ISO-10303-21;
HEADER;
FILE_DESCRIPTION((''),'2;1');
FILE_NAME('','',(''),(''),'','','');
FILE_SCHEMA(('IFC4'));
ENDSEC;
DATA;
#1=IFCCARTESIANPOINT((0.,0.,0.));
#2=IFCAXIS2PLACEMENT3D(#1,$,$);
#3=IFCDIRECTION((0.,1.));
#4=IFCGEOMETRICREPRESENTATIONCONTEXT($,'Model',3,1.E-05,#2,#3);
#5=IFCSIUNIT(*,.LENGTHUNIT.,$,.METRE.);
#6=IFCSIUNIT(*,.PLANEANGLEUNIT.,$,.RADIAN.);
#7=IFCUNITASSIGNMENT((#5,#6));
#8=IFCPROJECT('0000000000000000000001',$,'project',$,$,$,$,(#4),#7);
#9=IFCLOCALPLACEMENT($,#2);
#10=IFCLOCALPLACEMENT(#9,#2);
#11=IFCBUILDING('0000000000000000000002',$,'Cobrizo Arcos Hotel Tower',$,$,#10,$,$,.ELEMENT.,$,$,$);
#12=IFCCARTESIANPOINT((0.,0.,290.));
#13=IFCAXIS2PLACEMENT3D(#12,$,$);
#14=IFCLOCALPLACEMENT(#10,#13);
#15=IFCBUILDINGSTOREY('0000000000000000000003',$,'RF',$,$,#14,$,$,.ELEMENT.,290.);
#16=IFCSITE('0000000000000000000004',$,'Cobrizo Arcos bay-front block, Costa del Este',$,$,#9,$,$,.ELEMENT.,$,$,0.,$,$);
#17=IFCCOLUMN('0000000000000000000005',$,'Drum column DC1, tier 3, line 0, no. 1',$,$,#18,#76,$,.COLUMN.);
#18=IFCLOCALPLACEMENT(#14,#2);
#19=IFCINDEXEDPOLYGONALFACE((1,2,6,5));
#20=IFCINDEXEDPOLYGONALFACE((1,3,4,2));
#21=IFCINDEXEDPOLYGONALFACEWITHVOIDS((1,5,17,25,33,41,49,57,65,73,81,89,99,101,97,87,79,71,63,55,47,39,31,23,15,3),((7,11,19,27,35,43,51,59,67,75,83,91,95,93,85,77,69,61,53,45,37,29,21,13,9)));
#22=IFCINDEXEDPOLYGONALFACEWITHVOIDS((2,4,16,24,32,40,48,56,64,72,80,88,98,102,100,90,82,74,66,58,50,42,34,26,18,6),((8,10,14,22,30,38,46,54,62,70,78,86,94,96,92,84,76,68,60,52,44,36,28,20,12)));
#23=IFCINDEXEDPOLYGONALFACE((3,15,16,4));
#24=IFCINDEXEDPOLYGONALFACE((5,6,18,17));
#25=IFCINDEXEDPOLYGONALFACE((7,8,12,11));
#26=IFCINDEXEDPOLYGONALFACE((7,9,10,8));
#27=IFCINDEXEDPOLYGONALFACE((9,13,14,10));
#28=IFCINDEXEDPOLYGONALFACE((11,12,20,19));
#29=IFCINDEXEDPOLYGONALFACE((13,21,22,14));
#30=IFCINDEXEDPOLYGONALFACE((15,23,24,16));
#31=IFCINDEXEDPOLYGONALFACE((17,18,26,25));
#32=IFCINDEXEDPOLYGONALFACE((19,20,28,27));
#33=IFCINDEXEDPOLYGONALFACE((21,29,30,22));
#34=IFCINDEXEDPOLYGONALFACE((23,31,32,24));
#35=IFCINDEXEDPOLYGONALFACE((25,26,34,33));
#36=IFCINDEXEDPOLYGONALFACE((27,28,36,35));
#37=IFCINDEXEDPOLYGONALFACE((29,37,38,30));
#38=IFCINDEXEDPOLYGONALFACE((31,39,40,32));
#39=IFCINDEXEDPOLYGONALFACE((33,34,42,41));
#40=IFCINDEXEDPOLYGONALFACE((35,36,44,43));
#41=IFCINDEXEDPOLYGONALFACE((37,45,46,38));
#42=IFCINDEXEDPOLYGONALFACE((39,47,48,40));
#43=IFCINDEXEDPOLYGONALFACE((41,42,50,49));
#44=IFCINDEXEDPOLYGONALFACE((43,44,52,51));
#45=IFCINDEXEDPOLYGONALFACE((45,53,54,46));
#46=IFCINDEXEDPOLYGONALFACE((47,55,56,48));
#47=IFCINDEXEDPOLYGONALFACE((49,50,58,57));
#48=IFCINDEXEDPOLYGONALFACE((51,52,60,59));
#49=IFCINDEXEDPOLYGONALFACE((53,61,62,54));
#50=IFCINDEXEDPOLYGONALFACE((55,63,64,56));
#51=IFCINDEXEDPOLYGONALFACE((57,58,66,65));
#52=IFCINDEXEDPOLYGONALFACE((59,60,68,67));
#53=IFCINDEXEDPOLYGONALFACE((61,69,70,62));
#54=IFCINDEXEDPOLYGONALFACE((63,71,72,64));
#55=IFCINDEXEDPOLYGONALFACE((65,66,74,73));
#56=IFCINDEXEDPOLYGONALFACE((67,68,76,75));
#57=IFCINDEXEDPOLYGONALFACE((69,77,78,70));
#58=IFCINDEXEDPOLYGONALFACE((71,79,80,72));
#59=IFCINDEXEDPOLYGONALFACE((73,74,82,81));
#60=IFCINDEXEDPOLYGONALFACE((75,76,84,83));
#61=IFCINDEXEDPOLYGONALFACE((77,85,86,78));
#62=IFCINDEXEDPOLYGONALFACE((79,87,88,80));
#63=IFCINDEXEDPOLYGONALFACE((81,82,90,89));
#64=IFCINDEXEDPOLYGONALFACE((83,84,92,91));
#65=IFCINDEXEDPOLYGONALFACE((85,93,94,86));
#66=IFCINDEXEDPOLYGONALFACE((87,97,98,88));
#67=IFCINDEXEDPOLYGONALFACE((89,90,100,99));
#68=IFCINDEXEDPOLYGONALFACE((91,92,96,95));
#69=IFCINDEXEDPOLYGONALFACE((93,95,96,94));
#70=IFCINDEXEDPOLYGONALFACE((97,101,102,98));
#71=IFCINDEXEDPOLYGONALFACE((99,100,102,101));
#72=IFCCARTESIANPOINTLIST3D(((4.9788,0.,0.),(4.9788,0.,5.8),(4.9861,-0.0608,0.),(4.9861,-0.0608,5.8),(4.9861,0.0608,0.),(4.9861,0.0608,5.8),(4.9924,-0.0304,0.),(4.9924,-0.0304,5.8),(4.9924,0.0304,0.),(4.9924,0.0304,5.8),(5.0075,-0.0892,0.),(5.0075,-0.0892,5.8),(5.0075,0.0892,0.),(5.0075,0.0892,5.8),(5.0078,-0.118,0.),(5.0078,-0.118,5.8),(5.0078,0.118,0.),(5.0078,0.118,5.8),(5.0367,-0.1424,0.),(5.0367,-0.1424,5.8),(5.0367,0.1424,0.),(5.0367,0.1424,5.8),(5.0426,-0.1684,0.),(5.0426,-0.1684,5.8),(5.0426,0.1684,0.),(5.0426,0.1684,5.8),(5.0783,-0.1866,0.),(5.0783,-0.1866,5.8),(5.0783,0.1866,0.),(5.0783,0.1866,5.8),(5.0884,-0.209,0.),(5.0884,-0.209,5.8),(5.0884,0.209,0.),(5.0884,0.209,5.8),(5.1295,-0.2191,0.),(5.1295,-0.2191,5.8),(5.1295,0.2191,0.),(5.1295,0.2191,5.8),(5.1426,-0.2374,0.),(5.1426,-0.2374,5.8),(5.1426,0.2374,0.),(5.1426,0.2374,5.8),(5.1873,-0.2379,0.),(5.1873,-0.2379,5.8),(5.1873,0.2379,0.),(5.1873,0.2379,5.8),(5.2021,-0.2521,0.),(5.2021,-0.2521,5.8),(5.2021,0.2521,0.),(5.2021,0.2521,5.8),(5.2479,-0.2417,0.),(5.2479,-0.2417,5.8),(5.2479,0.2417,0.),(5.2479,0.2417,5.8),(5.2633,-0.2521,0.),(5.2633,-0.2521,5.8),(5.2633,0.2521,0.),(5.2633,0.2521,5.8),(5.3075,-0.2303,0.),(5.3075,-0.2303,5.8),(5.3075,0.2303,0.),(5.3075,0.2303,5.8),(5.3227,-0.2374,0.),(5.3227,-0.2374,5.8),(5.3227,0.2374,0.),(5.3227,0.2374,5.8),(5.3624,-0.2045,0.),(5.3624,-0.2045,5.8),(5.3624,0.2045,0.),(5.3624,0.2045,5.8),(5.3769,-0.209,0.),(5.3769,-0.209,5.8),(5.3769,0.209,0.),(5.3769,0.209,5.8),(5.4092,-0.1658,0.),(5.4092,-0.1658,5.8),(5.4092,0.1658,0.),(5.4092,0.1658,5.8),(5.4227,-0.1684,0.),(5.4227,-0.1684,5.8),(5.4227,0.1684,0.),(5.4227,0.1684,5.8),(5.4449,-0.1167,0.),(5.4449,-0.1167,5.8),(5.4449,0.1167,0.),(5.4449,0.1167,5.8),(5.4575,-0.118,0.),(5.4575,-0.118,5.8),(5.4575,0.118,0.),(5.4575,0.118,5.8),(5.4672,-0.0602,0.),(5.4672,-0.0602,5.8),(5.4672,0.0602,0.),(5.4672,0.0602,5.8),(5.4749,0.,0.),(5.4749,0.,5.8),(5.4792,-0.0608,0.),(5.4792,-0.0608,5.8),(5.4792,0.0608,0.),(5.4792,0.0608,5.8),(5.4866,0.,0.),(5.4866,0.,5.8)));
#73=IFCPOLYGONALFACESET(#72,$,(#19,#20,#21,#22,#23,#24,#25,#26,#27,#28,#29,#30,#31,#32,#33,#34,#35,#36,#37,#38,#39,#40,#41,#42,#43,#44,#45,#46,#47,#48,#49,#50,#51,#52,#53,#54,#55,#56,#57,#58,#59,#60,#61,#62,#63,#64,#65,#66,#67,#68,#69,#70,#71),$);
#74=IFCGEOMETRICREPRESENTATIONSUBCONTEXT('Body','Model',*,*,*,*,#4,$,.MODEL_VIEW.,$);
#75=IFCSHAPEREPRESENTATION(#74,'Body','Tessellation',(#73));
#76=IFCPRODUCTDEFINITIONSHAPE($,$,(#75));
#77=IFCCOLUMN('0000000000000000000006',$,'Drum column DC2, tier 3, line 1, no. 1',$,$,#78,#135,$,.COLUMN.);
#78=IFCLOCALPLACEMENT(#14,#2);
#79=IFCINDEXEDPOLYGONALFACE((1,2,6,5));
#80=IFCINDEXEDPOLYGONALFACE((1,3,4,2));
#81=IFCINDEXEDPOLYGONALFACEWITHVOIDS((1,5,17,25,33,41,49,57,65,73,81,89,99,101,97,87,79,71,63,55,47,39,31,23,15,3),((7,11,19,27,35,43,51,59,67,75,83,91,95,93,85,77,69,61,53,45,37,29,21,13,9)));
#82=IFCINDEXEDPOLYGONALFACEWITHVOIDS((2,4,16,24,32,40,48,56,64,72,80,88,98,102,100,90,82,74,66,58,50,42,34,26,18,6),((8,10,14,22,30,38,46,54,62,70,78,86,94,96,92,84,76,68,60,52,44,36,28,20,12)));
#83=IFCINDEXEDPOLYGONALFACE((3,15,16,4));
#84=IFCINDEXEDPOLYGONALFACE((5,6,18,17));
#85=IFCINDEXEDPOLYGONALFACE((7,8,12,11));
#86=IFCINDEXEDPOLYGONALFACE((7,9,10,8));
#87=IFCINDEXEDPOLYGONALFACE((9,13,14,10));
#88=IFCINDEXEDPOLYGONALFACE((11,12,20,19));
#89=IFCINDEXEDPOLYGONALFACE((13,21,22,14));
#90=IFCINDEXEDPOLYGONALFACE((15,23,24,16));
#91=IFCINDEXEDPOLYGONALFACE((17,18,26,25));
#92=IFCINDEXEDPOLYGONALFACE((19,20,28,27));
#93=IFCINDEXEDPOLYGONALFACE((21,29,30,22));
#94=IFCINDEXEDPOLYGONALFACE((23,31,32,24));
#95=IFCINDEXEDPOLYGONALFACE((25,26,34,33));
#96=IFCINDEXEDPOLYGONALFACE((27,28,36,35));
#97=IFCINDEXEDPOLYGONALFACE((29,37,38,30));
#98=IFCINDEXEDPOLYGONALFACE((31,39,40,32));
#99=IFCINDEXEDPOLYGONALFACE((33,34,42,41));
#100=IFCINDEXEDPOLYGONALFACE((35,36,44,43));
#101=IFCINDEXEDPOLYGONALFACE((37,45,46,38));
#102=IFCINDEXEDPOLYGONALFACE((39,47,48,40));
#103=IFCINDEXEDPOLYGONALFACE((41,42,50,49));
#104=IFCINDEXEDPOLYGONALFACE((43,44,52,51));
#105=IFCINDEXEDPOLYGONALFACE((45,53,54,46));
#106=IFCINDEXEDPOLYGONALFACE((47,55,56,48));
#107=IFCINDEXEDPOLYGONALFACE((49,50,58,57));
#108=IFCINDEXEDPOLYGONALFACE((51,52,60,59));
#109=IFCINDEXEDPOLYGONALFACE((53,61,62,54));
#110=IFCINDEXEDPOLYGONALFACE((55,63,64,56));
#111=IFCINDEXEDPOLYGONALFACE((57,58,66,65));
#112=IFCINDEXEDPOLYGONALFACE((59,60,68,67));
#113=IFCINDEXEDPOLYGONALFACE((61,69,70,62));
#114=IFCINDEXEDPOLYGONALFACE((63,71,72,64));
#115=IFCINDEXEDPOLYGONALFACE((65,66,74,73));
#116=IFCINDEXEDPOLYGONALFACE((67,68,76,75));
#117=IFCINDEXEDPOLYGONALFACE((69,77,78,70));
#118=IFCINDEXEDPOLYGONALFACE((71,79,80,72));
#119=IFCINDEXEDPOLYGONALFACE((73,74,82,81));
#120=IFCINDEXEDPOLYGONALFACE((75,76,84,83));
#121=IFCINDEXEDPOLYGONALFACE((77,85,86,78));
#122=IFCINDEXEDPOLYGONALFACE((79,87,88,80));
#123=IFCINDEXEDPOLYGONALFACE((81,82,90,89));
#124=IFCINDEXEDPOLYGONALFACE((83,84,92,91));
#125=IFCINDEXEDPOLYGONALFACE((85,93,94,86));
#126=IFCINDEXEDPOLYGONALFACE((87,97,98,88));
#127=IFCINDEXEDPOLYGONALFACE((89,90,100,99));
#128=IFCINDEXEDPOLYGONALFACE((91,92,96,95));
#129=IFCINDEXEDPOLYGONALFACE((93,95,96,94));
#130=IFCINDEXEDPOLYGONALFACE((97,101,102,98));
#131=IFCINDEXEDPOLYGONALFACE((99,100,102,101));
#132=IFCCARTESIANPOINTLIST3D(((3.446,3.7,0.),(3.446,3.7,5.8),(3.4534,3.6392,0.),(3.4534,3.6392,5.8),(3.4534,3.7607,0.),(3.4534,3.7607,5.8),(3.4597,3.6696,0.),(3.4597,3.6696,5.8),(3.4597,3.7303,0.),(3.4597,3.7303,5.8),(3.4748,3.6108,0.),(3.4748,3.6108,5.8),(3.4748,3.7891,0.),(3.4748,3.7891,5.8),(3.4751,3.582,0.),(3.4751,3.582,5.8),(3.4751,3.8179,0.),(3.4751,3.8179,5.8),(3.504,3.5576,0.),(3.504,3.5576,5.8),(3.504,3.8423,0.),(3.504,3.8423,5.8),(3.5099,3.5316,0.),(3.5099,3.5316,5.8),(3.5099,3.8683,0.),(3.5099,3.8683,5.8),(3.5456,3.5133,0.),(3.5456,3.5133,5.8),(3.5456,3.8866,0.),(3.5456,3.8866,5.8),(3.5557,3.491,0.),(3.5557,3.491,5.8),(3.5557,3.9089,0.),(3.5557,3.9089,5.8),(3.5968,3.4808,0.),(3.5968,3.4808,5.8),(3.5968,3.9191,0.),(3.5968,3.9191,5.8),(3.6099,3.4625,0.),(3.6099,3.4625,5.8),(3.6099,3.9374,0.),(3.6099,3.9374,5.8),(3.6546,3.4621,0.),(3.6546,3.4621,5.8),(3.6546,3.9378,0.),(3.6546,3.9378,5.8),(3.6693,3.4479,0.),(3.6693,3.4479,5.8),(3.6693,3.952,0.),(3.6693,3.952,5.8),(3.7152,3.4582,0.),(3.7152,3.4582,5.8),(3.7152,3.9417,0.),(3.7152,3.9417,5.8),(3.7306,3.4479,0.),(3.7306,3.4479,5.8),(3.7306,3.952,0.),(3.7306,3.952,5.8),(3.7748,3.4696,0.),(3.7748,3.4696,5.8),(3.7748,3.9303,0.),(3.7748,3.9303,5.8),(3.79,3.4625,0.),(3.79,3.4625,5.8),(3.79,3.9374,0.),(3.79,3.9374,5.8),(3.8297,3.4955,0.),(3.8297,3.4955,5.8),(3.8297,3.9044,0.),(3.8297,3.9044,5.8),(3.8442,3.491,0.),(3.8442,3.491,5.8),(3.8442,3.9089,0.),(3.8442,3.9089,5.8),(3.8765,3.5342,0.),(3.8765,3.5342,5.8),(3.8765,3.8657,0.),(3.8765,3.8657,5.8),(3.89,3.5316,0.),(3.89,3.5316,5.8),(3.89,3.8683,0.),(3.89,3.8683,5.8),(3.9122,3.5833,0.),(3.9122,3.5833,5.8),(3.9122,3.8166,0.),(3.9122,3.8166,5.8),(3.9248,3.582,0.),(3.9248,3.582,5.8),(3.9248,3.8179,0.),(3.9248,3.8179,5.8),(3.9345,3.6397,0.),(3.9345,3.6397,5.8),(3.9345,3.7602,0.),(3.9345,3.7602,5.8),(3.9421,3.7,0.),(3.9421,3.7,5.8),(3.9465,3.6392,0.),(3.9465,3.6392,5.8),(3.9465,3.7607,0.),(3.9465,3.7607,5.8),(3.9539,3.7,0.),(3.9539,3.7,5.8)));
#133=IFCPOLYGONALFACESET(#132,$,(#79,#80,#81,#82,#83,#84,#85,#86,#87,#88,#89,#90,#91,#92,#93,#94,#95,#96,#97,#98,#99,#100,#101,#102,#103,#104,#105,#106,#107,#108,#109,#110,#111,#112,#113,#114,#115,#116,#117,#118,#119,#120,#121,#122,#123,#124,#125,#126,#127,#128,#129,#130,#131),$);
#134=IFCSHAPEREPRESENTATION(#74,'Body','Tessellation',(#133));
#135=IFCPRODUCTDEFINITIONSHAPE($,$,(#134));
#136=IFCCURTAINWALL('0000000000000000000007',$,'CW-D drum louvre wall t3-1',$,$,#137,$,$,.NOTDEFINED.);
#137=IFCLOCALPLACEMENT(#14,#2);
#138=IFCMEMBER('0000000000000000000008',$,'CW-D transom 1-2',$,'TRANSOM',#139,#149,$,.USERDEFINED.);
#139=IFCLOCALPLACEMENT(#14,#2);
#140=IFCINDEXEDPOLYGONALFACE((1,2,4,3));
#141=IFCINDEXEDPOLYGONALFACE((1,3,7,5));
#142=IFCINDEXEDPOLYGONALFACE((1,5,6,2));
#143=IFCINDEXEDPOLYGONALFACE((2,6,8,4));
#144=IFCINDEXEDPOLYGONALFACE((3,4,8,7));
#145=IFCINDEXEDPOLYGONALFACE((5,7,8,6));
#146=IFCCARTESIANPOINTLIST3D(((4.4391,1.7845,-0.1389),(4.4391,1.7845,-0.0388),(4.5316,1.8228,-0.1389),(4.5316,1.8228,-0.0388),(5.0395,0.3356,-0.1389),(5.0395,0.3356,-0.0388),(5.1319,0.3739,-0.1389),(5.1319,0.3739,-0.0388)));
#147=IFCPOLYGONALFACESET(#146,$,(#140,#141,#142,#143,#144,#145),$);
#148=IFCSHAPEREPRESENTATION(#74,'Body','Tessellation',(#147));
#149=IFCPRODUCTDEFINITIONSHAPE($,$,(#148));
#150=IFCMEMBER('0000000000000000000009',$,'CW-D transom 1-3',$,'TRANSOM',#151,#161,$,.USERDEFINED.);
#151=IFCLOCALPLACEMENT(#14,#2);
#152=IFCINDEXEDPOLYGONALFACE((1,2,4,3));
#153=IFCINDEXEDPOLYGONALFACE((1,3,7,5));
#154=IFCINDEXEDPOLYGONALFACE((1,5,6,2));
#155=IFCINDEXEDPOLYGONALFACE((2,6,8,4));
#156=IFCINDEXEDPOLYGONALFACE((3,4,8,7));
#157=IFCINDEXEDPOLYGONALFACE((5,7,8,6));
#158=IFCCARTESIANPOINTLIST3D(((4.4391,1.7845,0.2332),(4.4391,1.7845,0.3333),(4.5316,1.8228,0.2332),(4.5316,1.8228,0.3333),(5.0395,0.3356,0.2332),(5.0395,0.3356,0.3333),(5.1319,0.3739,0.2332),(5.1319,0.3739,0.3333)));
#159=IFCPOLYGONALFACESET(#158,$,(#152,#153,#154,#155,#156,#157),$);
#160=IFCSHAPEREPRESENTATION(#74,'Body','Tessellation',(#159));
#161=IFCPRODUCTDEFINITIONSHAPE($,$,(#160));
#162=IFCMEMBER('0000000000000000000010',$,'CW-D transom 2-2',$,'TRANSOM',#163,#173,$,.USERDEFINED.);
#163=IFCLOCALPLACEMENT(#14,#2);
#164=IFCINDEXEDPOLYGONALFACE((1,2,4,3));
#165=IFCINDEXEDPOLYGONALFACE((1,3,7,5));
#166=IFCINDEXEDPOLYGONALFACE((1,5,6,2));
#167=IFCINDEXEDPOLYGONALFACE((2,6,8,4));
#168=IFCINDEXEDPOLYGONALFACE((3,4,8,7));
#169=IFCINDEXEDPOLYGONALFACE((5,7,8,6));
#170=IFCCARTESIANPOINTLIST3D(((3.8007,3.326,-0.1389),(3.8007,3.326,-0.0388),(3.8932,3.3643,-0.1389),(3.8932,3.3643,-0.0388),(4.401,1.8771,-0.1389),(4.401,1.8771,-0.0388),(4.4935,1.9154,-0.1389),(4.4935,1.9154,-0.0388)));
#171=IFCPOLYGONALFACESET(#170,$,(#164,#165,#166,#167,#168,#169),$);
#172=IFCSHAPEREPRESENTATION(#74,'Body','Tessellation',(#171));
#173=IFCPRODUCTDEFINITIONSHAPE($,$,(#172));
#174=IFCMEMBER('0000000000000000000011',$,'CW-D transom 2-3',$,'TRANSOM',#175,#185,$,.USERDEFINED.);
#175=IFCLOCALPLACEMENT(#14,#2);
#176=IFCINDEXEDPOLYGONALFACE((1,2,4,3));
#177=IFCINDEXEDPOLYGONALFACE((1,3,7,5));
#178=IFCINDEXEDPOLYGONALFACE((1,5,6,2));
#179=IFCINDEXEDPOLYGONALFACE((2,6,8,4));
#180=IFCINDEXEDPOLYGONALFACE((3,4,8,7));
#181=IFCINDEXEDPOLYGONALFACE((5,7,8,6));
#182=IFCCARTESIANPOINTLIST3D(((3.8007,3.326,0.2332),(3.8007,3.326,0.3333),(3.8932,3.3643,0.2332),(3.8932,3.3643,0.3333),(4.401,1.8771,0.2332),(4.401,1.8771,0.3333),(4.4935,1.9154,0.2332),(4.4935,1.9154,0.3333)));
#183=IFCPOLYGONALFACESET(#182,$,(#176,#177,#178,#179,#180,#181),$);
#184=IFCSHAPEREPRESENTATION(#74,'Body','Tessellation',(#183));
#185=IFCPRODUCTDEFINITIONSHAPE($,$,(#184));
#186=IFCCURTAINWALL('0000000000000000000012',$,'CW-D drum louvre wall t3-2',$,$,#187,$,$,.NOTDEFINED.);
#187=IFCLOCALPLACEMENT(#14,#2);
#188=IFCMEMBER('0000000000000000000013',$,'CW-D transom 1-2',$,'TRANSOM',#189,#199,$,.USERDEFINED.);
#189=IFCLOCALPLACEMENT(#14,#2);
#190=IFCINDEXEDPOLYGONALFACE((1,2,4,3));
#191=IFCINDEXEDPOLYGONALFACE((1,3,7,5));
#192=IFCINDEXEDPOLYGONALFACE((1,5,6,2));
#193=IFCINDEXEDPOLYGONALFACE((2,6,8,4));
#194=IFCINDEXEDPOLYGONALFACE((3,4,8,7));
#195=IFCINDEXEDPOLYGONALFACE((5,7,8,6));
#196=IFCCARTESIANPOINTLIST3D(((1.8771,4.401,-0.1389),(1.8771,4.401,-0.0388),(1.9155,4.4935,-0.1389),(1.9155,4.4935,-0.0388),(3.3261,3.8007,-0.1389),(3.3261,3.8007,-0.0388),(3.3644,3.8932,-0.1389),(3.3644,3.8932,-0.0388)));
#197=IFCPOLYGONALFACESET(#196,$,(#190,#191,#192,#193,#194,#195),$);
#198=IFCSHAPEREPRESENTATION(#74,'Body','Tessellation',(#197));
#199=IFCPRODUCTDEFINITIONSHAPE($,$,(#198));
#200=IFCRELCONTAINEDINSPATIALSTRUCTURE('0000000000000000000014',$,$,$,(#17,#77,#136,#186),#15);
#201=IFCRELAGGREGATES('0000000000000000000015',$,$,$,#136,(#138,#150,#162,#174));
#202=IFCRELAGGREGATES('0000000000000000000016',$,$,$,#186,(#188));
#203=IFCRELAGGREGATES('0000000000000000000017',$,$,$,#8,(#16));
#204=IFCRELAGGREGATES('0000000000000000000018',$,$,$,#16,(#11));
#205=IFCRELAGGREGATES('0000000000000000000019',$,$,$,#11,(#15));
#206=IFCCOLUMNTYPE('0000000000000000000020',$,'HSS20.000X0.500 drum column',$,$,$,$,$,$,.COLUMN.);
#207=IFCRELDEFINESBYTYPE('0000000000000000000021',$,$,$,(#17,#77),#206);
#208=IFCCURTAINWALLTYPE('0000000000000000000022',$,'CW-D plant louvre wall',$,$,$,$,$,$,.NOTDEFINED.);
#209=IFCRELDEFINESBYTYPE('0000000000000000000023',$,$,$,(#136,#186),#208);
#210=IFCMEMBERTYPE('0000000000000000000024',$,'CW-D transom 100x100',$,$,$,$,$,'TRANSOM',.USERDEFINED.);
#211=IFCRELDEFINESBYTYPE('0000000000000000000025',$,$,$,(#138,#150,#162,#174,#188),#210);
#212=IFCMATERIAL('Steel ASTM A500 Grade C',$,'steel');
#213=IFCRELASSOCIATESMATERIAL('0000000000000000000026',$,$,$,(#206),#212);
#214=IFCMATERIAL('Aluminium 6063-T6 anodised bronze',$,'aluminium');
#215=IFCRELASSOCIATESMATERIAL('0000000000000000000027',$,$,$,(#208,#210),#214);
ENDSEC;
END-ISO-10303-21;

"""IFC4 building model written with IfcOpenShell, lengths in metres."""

from ifc_helpers import new_model, si_unit, direction, frame, origin, origin_2d, place, context, subcontext, project, spatial, rectangle, hollow_circle, extrude, material, material_profile, profile_set, type_object, element, aggregate, save


model = new_model("IFC4")

# Units and contexts
model_context = context("Model", 3, precision=1e-05, world=origin(), true_north=direction((0.0, 1.0)))
body_context = subcontext(model_context, "Body", "Model", "MODEL_VIEW")
ifc_project = project(units=[si_unit("LENGTHUNIT", "METRE"), si_unit("PLANEANGLEUNIT", "RADIAN")], contexts=[model_context])

# Site, building, storey
site_placement = place(None, origin())
site = spatial("IfcSite", under=ifc_project, at=site_placement, Name="Cobrizo Arcos bay-front block, Costa del Este", CompositionType="ELEMENT", RefElevation=0.0)
building_placement = place(site_placement, origin())
building = spatial("IfcBuilding", under=site, at=building_placement, Name="Cobrizo Arcos Hotel Tower", CompositionType="ELEMENT")
storey_placement = place(building_placement, frame((0.0, 0.0, 290.0)))
storey = spatial("IfcBuildingStorey", under=building, at=storey_placement, Name="RF", CompositionType="ELEMENT", Elevation=290.0)

# Columns
ifc_material_1 = material(Name="Steel ASTM A500 Grade C", Category="steel")
ifc_material_profile_1 = material_profile(ifc_material_1, hollow_circle(Radius=0.2539, WallThickness=0.0117, at=origin_2d()), Name="HSS20.000X0.500")
ifc_profile_set_1 = profile_set([ifc_material_profile_1], Name="Steel ASTM A500 Grade C")
column_type = type_object("IfcColumnType", Name="HSS20.000X0.500 drum column", PredefinedType="COLUMN", material=ifc_profile_set_1)
for number, where, z_axis, x_axis, name in (
    (1, (5.2327, 0.0, 0.0), (0.0, 0.0, 1.0), (1.0, 0.0, 0.0), "Drum column DC1, tier 3, line 0, no. 1"),
    (2, (3.7, 3.7, 0.0), (0.0, 0.0, 1.0), (1.0, 0.0, 0.0), "Drum column DC2, tier 3, line 1, no. 1"),
):
    element("IfcColumn", number, at=place(storey_placement, frame(where, z_axis=z_axis, x_axis=x_axis)), inside=storey, type_object=column_type, Name=name, PredefinedType="COLUMN", context=body_context, shape_type="SweptSolid", body=[
        extrude(hollow_circle(Radius=0.2539, WallThickness=0.0117, at=origin_2d()), origin(), (0.0, 0.0, 1.0), 5.8),
    ])

# Curtain walls, members
ifc_material_2 = material(Name="Aluminium 6063-T6 anodised bronze", Category="aluminium")
curtain_wall_type = type_object("IfcCurtainWallType", Name="CW-D plant louvre wall", PredefinedType="NOTDEFINED", material=ifc_material_2)
curtain_wall_1_placement = place(storey_placement, origin())
curtain_wall_1 = element("IfcCurtainWall", 3, at=curtain_wall_1_placement, inside=storey, type_object=curtain_wall_type, Name="CW-D drum louvre wall t3-1", PredefinedType="NOTDEFINED")
ifc_material_profile_2 = material_profile(ifc_material_2, rectangle(XDim=0.1001, YDim=0.1001, at=origin_2d()), Name="CW-D transom 100x100")
ifc_profile_set_2 = profile_set([ifc_material_profile_2], Name="Aluminium 6063-T6 anodised bronze")
member_type = type_object("IfcMemberType", Name="CW-D transom 100x100", ElementType="TRANSOM", PredefinedType="USERDEFINED", material=ifc_profile_set_2)
member_1_placement = place(storey_placement, frame((5.0857, 0.3547, -0.0889), z_axis=(-0.382769, 0.923844, 0.0), x_axis=(-0.923844, -0.382769, 0.0)))
member_1 = element("IfcMember", 4, at=member_1_placement, type_object=member_type, Name="CW-D transom 1-2", ObjectType="TRANSOM", PredefinedType="USERDEFINED", context=body_context, shape_type="SweptSolid", body=[
    extrude(rectangle(XDim=0.1001, YDim=0.1001, at=origin_2d()), origin(), (0.0, 0.0, 1.0), 1.5684),
])
member_2_placement = place(storey_placement, frame((5.0857, 0.3547, 0.2832), z_axis=(-0.382769, 0.923844, 0.0), x_axis=(-0.923844, -0.382769, 0.0)))
member_2 = element("IfcMember", 5, at=member_2_placement, type_object=member_type, Name="CW-D transom 1-3", ObjectType="TRANSOM", PredefinedType="USERDEFINED", context=body_context, shape_type="SweptSolid", body=[
    extrude(rectangle(XDim=0.1001, YDim=0.1001, at=origin_2d()), origin(), (0.0, 0.0, 1.0), 1.5684),
])
member_3_placement = place(storey_placement, frame((4.4473, 1.8962, -0.0889), z_axis=(-0.382769, 0.923844, 0.0), x_axis=(-0.923844, -0.382769, 0.0)))
member_3 = element("IfcMember", 6, at=member_3_placement, type_object=member_type, Name="CW-D transom 2-2", ObjectType="TRANSOM", PredefinedType="USERDEFINED", context=body_context, shape_type="SweptSolid", body=[
    extrude(rectangle(XDim=0.1001, YDim=0.1001, at=origin_2d()), origin(), (0.0, 0.0, 1.0), 1.5684),
])
member_4_placement = place(storey_placement, frame((4.4473, 1.8962, 0.2832), z_axis=(-0.382769, 0.923844, 0.0), x_axis=(-0.923844, -0.382769, 0.0)))
member_4 = element("IfcMember", 7, at=member_4_placement, type_object=member_type, Name="CW-D transom 2-3", ObjectType="TRANSOM", PredefinedType="USERDEFINED", context=body_context, shape_type="SweptSolid", body=[
    extrude(rectangle(XDim=0.1001, YDim=0.1001, at=origin_2d()), origin(), (0.0, 0.0, 1.0), 1.5684),
])
curtain_wall_2_placement = place(storey_placement, origin())
curtain_wall_2 = element("IfcCurtainWall", 8, at=curtain_wall_2_placement, inside=storey, type_object=curtain_wall_type, Name="CW-D drum louvre wall t3-2", PredefinedType="NOTDEFINED")
member_5_placement = place(storey_placement, frame((3.3452, 3.8469, -0.0889), z_axis=(-0.923844, 0.382769, 0.0), x_axis=(-0.382769, -0.923844, 0.0)))
member_5 = element("IfcMember", 9, at=member_5_placement, type_object=member_type, Name="CW-D transom 1-2", ObjectType="TRANSOM", PredefinedType="USERDEFINED", context=body_context, shape_type="SweptSolid", body=[
    extrude(rectangle(XDim=0.1001, YDim=0.1001, at=origin_2d()), origin(), (0.0, 0.0, 1.0), 1.5684),
])

aggregate(curtain_wall_1, [member_1, member_2, member_3, member_4])
aggregate(curtain_wall_2, [member_5])

save(model, "model.ifc")
